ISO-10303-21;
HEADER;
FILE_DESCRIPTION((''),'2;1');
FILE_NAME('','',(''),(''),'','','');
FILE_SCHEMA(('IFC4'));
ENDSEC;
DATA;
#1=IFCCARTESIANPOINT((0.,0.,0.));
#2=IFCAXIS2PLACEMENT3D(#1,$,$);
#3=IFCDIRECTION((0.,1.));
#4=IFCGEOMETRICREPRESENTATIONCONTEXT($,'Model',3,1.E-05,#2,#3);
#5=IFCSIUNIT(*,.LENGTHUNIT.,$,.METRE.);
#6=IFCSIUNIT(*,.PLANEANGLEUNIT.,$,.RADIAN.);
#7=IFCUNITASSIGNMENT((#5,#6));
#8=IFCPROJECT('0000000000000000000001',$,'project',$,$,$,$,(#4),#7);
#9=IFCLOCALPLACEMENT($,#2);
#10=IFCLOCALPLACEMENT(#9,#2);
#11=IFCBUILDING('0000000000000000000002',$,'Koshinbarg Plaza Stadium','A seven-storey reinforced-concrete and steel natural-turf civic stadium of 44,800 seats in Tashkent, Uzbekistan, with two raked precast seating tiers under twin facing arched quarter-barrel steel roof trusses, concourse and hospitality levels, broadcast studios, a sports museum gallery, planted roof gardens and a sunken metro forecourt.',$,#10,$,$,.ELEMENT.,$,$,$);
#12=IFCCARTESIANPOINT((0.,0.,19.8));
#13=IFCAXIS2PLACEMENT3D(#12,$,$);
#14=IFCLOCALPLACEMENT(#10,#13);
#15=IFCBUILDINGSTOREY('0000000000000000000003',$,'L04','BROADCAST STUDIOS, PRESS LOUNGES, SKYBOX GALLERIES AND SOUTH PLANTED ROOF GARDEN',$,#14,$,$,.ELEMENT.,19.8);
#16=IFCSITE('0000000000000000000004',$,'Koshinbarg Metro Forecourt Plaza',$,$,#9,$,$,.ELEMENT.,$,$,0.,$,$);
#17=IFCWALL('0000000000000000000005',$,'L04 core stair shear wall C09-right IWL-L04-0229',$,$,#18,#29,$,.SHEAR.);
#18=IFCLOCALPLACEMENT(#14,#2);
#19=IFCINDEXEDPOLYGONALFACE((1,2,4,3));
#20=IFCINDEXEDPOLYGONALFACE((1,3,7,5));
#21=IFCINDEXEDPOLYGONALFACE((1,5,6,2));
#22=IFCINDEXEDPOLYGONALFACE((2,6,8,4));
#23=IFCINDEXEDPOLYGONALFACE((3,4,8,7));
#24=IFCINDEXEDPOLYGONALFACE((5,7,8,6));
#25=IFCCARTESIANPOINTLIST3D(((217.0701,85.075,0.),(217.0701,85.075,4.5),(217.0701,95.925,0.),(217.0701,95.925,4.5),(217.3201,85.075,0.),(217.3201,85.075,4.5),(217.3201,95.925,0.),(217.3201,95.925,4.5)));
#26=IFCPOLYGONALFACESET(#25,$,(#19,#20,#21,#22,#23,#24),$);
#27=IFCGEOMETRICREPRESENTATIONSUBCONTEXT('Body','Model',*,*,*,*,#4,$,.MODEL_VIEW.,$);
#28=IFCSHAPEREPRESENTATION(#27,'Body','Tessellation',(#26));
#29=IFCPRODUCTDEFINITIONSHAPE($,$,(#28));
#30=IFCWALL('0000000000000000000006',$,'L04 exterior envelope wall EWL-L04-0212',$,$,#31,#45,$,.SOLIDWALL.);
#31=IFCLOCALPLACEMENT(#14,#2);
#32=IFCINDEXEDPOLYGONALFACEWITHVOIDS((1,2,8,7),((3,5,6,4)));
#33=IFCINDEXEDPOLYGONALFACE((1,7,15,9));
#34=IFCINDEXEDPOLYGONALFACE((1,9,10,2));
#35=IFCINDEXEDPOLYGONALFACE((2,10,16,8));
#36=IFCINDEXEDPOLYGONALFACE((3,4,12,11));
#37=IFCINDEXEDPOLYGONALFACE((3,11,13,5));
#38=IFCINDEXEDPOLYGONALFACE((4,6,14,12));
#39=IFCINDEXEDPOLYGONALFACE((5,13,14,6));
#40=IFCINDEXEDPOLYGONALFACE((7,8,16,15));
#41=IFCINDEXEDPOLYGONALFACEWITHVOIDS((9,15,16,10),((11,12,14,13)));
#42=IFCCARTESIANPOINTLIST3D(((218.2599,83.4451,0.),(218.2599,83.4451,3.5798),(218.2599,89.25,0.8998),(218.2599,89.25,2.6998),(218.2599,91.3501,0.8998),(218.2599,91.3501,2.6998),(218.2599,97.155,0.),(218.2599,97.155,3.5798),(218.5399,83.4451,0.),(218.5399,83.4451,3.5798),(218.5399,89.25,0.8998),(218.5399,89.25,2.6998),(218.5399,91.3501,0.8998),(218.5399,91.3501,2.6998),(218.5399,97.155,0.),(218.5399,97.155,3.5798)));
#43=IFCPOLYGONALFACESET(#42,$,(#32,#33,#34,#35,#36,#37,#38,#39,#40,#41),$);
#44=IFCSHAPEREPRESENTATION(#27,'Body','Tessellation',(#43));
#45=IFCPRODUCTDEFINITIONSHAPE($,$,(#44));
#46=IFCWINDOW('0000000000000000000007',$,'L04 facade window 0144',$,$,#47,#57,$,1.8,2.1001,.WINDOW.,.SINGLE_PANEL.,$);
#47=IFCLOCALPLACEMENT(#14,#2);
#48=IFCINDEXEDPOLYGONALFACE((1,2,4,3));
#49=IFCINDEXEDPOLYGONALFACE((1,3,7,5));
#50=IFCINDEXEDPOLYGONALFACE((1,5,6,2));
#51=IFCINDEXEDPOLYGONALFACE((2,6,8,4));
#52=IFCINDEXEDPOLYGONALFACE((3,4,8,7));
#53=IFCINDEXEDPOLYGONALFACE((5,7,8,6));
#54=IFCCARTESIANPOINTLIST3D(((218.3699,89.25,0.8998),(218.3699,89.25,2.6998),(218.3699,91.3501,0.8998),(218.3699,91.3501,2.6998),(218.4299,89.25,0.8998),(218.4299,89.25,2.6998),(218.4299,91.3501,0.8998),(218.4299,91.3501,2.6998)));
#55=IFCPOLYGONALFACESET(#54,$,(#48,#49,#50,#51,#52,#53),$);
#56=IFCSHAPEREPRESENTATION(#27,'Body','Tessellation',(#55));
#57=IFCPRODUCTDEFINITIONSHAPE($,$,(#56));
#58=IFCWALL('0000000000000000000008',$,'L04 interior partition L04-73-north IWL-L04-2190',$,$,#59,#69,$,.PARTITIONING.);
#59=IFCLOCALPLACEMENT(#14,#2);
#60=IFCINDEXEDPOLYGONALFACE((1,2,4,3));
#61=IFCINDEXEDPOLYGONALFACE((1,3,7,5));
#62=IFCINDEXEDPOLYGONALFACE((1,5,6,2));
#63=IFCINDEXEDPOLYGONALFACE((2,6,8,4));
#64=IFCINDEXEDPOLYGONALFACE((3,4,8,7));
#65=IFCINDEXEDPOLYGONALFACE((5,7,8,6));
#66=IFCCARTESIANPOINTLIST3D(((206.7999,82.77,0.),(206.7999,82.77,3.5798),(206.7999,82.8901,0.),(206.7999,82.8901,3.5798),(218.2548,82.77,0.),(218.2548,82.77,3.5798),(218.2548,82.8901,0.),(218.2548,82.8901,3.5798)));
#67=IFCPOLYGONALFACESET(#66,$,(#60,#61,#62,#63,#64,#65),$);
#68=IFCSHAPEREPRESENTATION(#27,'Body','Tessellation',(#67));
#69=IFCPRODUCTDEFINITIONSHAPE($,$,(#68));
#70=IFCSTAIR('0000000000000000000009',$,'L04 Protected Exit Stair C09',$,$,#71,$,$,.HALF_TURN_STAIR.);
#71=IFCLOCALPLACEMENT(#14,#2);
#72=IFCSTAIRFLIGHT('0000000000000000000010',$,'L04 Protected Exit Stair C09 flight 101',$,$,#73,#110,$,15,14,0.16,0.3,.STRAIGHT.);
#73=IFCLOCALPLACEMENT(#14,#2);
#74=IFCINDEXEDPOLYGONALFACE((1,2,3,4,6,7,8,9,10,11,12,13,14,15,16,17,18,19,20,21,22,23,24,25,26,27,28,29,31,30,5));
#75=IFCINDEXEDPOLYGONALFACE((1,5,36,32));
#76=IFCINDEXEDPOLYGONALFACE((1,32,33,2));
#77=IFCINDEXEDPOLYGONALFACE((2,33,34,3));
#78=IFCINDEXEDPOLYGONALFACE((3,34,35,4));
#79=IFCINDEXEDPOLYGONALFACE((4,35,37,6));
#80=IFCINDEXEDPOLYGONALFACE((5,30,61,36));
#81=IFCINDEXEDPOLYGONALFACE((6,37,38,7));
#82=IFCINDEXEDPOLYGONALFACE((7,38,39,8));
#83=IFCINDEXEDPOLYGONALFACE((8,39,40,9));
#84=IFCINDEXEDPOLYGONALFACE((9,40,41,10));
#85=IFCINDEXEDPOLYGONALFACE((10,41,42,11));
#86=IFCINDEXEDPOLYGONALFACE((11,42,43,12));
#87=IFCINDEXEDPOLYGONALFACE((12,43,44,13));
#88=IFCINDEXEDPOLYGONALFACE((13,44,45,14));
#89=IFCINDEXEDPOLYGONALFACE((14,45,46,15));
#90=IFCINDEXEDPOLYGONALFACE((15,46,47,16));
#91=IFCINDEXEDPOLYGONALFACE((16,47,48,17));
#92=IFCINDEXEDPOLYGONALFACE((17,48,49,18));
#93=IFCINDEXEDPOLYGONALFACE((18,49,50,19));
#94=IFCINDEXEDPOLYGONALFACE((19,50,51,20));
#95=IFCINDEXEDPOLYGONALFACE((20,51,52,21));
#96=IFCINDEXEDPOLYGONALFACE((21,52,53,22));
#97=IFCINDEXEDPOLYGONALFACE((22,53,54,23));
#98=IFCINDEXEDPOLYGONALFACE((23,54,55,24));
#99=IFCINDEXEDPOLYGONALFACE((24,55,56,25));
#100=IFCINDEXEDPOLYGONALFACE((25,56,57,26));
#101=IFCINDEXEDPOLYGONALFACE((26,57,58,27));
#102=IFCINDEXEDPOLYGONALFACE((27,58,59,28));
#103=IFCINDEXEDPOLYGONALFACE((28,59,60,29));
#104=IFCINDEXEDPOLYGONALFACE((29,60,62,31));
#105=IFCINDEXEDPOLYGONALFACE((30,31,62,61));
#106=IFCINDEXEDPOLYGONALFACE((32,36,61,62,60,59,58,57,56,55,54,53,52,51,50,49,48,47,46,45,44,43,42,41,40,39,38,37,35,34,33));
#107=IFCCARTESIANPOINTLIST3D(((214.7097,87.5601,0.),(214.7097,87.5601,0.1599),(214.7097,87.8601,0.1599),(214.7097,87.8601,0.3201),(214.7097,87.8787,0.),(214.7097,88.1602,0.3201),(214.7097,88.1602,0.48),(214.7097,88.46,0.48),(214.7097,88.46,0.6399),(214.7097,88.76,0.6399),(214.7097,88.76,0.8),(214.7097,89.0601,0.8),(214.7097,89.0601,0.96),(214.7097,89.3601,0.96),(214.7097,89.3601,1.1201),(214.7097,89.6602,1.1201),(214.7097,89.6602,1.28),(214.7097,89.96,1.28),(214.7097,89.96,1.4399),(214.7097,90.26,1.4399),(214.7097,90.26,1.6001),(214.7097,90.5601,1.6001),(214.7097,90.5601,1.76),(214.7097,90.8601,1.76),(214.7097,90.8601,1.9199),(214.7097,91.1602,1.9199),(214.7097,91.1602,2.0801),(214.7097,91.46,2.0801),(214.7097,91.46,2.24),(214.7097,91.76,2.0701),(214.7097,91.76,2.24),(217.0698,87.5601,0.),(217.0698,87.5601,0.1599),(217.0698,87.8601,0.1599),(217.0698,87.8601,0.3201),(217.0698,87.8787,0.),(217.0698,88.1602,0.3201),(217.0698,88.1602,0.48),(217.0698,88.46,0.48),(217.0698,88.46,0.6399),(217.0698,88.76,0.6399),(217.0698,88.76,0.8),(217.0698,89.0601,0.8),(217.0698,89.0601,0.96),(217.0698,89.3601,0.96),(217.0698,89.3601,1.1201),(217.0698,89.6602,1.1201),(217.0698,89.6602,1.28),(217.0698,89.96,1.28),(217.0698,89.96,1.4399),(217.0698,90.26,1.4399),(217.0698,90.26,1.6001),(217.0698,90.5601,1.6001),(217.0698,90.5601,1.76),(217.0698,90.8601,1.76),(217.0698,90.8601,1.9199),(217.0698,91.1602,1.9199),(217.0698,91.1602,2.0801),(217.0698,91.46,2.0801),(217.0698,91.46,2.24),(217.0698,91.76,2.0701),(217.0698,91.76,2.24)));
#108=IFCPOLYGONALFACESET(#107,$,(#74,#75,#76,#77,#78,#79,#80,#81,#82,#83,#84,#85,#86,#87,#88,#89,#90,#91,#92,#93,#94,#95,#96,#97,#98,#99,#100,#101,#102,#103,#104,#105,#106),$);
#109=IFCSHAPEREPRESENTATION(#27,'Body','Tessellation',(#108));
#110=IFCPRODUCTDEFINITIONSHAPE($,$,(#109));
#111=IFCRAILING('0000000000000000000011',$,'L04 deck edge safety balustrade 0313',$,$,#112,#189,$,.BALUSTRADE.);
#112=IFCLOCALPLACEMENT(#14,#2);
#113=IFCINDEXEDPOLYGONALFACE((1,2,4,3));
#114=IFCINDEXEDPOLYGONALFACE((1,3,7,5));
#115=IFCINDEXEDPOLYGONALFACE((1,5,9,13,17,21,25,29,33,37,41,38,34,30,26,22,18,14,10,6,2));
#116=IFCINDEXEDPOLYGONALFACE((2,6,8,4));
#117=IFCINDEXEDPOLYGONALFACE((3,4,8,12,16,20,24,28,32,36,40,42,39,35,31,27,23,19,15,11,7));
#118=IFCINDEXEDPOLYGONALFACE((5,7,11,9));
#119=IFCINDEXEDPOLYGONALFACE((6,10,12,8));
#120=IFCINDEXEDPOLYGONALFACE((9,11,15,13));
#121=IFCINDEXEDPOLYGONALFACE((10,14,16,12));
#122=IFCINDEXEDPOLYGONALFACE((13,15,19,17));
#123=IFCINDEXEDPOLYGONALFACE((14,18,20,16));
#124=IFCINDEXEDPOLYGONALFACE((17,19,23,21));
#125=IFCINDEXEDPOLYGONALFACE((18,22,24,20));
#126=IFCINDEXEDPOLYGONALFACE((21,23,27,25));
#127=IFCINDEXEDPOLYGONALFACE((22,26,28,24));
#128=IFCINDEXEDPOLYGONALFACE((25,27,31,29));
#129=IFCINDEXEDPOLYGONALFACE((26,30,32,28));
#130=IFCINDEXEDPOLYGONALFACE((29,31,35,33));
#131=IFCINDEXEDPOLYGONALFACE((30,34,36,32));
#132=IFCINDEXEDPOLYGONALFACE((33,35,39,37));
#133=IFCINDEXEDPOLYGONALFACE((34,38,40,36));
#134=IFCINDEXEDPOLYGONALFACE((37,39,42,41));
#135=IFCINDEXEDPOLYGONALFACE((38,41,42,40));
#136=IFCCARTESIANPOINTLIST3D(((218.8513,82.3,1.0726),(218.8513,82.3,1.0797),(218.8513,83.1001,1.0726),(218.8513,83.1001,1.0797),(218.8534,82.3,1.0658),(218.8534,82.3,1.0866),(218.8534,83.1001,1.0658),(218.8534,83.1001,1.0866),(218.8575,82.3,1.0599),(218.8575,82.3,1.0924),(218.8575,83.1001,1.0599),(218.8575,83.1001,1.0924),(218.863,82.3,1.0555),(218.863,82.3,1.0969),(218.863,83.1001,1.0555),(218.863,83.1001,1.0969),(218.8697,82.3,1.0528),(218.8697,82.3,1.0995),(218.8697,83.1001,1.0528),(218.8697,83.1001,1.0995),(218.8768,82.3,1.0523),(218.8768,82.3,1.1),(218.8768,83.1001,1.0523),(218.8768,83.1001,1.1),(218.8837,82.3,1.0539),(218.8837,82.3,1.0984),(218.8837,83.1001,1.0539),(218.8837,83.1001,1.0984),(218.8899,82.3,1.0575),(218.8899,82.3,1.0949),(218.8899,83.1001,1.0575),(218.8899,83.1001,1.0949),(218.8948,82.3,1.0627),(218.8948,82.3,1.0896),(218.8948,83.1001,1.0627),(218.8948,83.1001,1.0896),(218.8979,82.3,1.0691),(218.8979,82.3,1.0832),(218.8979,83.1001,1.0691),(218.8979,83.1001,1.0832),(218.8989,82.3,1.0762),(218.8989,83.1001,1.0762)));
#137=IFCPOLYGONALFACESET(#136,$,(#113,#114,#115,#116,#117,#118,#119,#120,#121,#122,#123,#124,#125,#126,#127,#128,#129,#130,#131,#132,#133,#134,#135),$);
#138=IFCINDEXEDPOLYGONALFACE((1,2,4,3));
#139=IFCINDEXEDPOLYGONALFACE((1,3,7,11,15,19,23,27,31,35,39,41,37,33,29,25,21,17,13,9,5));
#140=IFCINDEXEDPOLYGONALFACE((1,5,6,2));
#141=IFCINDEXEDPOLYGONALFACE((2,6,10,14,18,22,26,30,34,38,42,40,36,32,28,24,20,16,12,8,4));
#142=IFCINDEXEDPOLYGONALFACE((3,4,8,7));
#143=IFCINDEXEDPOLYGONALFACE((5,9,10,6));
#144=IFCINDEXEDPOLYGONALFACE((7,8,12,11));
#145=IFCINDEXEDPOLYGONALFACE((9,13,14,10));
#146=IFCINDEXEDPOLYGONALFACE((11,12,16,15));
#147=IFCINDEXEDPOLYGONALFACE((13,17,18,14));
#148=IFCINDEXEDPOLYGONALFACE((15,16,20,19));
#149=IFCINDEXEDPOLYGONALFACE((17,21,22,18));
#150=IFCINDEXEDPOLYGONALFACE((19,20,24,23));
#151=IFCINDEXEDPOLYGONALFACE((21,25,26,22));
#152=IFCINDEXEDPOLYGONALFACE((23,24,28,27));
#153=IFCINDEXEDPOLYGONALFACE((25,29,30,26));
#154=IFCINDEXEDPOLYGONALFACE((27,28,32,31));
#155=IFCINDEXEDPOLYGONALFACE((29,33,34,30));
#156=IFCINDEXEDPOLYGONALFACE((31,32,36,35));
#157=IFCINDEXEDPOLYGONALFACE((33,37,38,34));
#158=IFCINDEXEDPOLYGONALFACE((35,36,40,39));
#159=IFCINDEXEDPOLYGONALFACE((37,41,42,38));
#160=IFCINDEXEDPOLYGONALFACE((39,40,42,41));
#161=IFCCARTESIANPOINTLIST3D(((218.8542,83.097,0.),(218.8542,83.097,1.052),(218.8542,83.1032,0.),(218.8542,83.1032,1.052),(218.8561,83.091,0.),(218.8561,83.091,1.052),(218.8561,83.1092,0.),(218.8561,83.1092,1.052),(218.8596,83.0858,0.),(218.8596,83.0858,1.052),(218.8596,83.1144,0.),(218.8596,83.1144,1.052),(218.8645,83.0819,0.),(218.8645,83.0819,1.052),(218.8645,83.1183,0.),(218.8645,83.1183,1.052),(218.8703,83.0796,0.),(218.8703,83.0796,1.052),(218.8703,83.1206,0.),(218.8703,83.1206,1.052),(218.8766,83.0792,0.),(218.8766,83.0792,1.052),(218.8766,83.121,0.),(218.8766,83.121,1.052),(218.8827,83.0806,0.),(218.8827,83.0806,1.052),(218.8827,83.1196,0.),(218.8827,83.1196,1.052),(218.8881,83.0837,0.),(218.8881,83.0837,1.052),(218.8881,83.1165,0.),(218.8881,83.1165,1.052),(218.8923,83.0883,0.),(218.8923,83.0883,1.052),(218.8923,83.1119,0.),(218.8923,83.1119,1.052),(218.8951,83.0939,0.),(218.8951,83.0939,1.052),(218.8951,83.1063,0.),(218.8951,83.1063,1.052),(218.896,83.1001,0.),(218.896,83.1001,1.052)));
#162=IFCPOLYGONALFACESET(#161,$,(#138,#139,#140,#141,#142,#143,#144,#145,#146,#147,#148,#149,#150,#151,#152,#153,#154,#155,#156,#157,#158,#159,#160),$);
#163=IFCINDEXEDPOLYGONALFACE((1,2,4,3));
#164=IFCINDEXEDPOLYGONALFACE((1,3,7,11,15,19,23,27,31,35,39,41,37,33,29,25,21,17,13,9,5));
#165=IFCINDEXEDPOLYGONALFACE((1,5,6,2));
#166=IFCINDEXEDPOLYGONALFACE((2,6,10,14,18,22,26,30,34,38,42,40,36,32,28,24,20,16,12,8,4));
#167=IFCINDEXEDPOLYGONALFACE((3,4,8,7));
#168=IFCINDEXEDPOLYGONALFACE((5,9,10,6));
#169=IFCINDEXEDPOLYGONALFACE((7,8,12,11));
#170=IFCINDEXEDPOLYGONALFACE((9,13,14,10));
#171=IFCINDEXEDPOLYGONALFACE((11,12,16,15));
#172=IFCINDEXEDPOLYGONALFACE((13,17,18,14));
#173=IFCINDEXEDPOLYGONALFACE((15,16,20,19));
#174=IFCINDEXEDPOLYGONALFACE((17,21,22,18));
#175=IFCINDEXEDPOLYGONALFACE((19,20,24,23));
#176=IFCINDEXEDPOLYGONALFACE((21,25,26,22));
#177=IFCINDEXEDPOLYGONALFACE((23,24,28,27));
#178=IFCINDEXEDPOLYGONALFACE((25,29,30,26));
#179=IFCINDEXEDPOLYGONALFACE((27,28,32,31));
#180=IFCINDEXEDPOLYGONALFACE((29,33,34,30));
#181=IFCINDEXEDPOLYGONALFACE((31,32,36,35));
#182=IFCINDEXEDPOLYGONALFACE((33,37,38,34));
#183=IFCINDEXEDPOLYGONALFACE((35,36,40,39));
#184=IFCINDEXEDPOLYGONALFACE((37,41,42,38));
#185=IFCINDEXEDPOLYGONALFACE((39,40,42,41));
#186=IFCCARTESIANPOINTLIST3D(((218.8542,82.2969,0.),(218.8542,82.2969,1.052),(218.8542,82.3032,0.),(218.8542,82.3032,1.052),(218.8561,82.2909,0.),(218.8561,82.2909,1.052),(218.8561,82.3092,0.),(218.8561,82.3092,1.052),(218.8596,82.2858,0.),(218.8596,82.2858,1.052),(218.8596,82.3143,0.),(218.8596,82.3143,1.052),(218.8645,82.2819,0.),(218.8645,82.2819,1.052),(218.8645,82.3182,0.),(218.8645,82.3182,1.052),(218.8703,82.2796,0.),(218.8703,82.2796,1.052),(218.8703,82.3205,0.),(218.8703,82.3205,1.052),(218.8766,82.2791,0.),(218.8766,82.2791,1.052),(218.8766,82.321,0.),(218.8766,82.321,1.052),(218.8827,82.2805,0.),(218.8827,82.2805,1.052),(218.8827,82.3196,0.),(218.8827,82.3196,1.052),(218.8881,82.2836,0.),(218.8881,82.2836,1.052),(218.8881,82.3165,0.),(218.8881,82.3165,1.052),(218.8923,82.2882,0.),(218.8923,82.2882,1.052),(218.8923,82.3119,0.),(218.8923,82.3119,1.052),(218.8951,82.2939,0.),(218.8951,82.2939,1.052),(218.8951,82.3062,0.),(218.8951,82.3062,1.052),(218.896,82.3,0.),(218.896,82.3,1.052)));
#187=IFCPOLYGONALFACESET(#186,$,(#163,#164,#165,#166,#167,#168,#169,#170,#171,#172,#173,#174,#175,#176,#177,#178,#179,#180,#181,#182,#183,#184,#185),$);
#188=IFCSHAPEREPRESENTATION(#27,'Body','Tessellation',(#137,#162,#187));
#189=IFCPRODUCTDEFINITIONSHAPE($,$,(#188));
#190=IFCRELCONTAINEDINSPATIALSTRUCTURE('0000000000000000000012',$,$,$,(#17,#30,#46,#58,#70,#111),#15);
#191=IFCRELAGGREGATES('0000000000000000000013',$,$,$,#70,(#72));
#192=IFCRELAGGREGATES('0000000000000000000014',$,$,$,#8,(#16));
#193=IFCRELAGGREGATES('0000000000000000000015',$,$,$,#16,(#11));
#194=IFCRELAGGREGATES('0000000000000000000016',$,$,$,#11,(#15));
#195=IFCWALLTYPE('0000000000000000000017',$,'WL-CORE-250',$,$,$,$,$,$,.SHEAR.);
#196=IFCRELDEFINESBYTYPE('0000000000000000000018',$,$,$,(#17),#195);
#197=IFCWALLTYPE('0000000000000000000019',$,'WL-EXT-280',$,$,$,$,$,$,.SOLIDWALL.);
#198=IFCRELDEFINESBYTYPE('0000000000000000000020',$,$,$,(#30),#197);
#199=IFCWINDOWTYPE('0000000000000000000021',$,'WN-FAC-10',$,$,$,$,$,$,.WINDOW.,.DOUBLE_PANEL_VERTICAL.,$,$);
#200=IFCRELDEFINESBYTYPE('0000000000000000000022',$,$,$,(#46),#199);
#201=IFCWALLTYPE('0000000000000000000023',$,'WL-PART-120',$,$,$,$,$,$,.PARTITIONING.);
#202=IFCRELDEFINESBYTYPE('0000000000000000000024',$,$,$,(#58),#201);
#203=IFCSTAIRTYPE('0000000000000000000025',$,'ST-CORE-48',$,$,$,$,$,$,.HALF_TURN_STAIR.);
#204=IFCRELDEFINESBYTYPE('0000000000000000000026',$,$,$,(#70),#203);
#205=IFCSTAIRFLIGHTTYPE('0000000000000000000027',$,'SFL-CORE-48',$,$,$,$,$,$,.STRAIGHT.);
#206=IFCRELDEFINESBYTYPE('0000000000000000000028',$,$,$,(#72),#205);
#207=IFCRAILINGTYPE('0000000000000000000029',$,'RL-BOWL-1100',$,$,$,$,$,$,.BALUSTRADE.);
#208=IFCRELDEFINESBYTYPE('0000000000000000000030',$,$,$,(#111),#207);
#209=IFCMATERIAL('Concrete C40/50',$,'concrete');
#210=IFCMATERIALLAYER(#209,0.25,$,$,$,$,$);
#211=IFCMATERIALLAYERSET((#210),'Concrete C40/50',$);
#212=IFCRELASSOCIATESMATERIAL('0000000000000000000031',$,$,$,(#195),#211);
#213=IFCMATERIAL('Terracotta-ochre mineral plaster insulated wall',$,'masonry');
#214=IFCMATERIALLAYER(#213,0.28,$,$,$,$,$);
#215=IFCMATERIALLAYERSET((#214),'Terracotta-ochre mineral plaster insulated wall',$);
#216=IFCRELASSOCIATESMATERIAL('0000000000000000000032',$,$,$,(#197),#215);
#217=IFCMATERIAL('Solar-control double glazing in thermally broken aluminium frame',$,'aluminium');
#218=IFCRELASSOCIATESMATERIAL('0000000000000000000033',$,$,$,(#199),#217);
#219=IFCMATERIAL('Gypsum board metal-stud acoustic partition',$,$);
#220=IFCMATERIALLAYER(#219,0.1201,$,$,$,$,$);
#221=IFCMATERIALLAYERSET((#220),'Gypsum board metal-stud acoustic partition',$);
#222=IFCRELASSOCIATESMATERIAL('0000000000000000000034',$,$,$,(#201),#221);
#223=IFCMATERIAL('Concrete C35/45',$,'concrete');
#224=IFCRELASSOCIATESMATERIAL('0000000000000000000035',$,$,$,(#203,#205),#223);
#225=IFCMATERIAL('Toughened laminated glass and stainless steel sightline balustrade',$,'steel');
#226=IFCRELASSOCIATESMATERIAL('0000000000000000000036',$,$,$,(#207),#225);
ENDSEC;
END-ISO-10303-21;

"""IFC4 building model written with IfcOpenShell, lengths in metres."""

from ifc_helpers import new_model, si_unit, direction, frame, frame_2d, origin, origin_2d, place, context, subcontext, project, spatial, polyline, rectangle, circle, outline, extrude, material, layer, layer_set, type_object, element, fill, aggregate, save


model = new_model("IFC4")

# Units and contexts
model_context = context("Model", 3, precision=1e-05, world=origin(), true_north=direction((0.0, 1.0)))
body_context = subcontext(model_context, "Body", "Model", "MODEL_VIEW")
ifc_project = project(units=[si_unit("LENGTHUNIT", "METRE"), si_unit("PLANEANGLEUNIT", "RADIAN")], contexts=[model_context])

# Site, building, storey
site_placement = place(None, origin())
site = spatial("IfcSite", under=ifc_project, at=site_placement, Name="Koshinbarg Metro Forecourt Plaza", CompositionType="ELEMENT", RefElevation=0.0)
building_placement = place(site_placement, origin())
building = spatial("IfcBuilding", under=site, at=building_placement, Name="Koshinbarg Plaza Stadium", Description="A seven-storey reinforced-concrete and steel natural-turf civic stadium of 44,800 seats in Tashkent, Uzbekistan, with two raked precast seating tiers under twin facing arched quarter-barrel steel roof trusses, concourse and hospitality levels, broadcast studios, a sports museum gallery, planted roof gardens and a sunken metro forecourt.", CompositionType="ELEMENT")
storey_placement = place(building_placement, frame((0.0, 0.0, 19.8)))
storey = spatial("IfcBuildingStorey", under=building, at=storey_placement, Name="L04", Description="BROADCAST STUDIOS, PRESS LOUNGES, SKYBOX GALLERIES AND SOUTH PLANTED ROOF GARDEN", CompositionType="ELEMENT", Elevation=19.8)

# Shared definitions
ifc_material_1 = material(Name="Concrete C40/50", Category="concrete")

# Wall
ifc_layer_1 = layer(ifc_material_1, 0.25)
ifc_layer_set_1 = layer_set([ifc_layer_1], Name="Concrete C40/50")
wall_type_1 = type_object("IfcWallType", Name="WL-CORE-250", PredefinedType="SHEAR", material=ifc_layer_set_1)
wall_1_placement = place(storey_placement, frame((217.1951, 85.075, 0.0), z_axis=(0.0, 0.0, 1.0), x_axis=(0.0, 1.0, 0.0)))
element("IfcWall", 1, at=wall_1_placement, inside=storey, type_object=wall_type_1, Name="L04 core stair shear wall C09-right IWL-L04-0229", PredefinedType="SHEAR", context=body_context, shape_type="SweptSolid", body=[
    extrude(rectangle(XDim=10.8501, YDim=0.25, at=frame_2d((5.425, 0.0))), origin(), (0.0, 0.0, 1.0), 4.5),
])

# Wall, opening, window
ifc_material_2 = material(Name="Terracotta-ochre mineral plaster insulated wall", Category="masonry")
ifc_layer_2 = layer(ifc_material_2, 0.28)
ifc_layer_set_2 = layer_set([ifc_layer_2], Name="Terracotta-ochre mineral plaster insulated wall")
wall_type_2 = type_object("IfcWallType", Name="WL-EXT-280", PredefinedType="SOLIDWALL", material=ifc_layer_set_2)
wall_2_placement = place(storey_placement, frame((218.3999, 97.155, 0.0), z_axis=(0.0, 0.0, 1.0), x_axis=(0.0, -1.0, 0.0)))
wall_2 = element("IfcWall", 2, at=wall_2_placement, inside=storey, type_object=wall_type_2, Name="L04 exterior envelope wall EWL-L04-0212", PredefinedType="SOLIDWALL", context=body_context, shape_type="SweptSolid", body=[
    extrude(rectangle(XDim=13.71, YDim=0.28, at=frame_2d((6.855, 0.0))), origin(), (0.0, 0.0, 1.0), 3.5798),
])
opening_placement = place(wall_2_placement, frame((5.8049, 0.0, 0.8999)))
opening = element("IfcOpeningElement", 3, at=opening_placement, cuts=wall_2, PredefinedType="OPENING", context=body_context, shape_type="SweptSolid", body=[
    extrude(rectangle(XDim=2.1001, YDim=1.8, at=frame_2d((1.05, 0.8999))), frame((0.0, 0.1499, 0.0), z_axis=(0.0, -1.0, 0.0), x_axis=(1.0, 0.0, 0.0)), (0.0, 0.0, 1.0), 0.3),
])
ifc_material_3 = material(Name="Solar-control double glazing in thermally broken aluminium frame", Category="aluminium")
window_type = type_object("IfcWindowType", Name="WN-FAC-10", PartitioningType="DOUBLE_PANEL_VERTICAL", PredefinedType="WINDOW", material=ifc_material_3)
window_placement = place(opening_placement, origin())
window = element("IfcWindow", 4, at=window_placement, inside=storey, type_object=window_type, Name="L04 facade window 0144", OverallHeight=1.8, OverallWidth=2.1001, PartitioningType="SINGLE_PANEL", PredefinedType="WINDOW", context=body_context, shape_type="SweptSolid", body=[
    extrude(rectangle(XDim=2.1001, YDim=1.8, at=frame_2d((1.05, 0.8999))), frame((0.0, 0.03, 0.0), z_axis=(0.0, -1.0, 0.0), x_axis=(1.0, 0.0, 0.0)), (0.0, 0.0, 1.0), 0.0601),
])
fill(opening, window)

# Wall
ifc_material_4 = material(Name="Gypsum board metal-stud acoustic partition")
ifc_layer_3 = layer(ifc_material_4, 0.1201)
ifc_layer_set_3 = layer_set([ifc_layer_3], Name="Gypsum board metal-stud acoustic partition")
wall_type_3 = type_object("IfcWallType", Name="WL-PART-120", PredefinedType="PARTITIONING", material=ifc_layer_set_3)
wall_3_placement = place(storey_placement, frame((218.2549, 82.8301, 0.0), z_axis=(0.0, 0.0, 1.0), x_axis=(-1.0, 0.0, 0.0)))
element("IfcWall", 5, at=wall_3_placement, inside=storey, type_object=wall_type_3, Name="L04 interior partition L04-73-north IWL-L04-2190", PredefinedType="PARTITIONING", context=body_context, shape_type="SweptSolid", body=[
    extrude(rectangle(XDim=11.4548, YDim=0.1201, at=frame_2d((5.7275, 0.0))), origin(), (0.0, 0.0, 1.0), 3.5798),
])

# Stair, stair flight
ifc_material_5 = material(Name="Concrete C35/45", Category="concrete")
stair_type = type_object("IfcStairType", Name="ST-CORE-48", PredefinedType="HALF_TURN_STAIR", material=ifc_material_5)
stair_placement = place(storey_placement, origin())
stair = element("IfcStair", 6, at=stair_placement, inside=storey, type_object=stair_type, Name="L04 Protected Exit Stair C09", PredefinedType="HALF_TURN_STAIR")
stair_flight_type = type_object("IfcStairFlightType", Name="SFL-CORE-48", PredefinedType="STRAIGHT", material=ifc_material_5)
stair_flight_placement = place(storey_placement, frame((215.8899, 87.5601, 0.0), z_axis=(0.0, 0.0, 1.0), x_axis=(0.0, 1.0, 0.0)))
stair_flight = element("IfcStairFlight", 7, at=stair_flight_placement, type_object=stair_flight_type, Name="L04 Protected Exit Stair C09 flight 101", NumberOfRisers=15, NumberOfTreads=14, PredefinedType="STRAIGHT", RiserHeight=0.16, TreadLength=0.3, context=body_context, shape_type="SweptSolid", body=[
    extrude(outline(polyline([(0.0, 0.0), (0.0, 0.1599), (0.3, 0.1599), (0.3, 0.3201), (0.6001, 0.3201), (0.6001, 0.48), (0.8999, 0.48), (0.8999, 0.6399), (1.2, 0.6399), (1.2, 0.8), (1.5, 0.8), (1.5, 0.96), (1.8, 0.96), (1.8, 1.1201), (2.1001, 1.1201), (2.1001, 1.28), (2.3999, 1.28), (2.3999, 1.4399), (2.7, 1.4399), (2.7, 1.6001), (3.0, 1.6001), (3.0, 1.76), (3.3, 1.76), (3.3, 1.9199), (3.6001, 1.9199), (3.6001, 2.0801), (3.8999, 2.0801), (3.8999, 2.24), (4.2, 2.24), (4.2, 2.3999), (4.2, 2.0701), (0.3186, 0.0), (0.0, 0.0)])), frame((0.0, 1.1802, 0.0), z_axis=(0.0, -1.0, 0.0), x_axis=(1.0, 0.0, 0.0)), (0.0, 0.0, 1.0), 2.3601),
])
aggregate(stair, [stair_flight])

# Railing
ifc_material_6 = material(Name="Toughened laminated glass and stainless steel sightline balustrade", Category="steel")
railing_type_1 = type_object("IfcRailingType", Name="RL-BOWL-1100", PredefinedType="BALUSTRADE", material=ifc_material_6)
railing_1_placement = place(storey_placement, frame((218.875, 83.1001, 0.0)))
element("IfcRailing", 8, at=railing_1_placement, inside=storey, type_object=railing_type_1, Name="L04 deck edge safety balustrade 0313", PredefinedType="BALUSTRADE", context=body_context, shape_type="SweptSolid", body=[
    extrude(circle(Radius=0.0239, at=origin_2d()), frame((0.0, 0.0, 1.0762), z_axis=(0.0, -1.0, 0.0), x_axis=(1.0, 0.0, 0.0)), (0.0, 0.0, 1.0), 0.8),
    extrude(circle(Radius=0.021, at=origin_2d()), origin(), (0.0, 0.0, 1.0), 1.052),
    extrude(circle(Radius=0.021, at=origin_2d()), frame((0.0, -0.8, 0.0)), (0.0, 0.0, 1.0), 1.052),
])

save(model, "model.ifc")
